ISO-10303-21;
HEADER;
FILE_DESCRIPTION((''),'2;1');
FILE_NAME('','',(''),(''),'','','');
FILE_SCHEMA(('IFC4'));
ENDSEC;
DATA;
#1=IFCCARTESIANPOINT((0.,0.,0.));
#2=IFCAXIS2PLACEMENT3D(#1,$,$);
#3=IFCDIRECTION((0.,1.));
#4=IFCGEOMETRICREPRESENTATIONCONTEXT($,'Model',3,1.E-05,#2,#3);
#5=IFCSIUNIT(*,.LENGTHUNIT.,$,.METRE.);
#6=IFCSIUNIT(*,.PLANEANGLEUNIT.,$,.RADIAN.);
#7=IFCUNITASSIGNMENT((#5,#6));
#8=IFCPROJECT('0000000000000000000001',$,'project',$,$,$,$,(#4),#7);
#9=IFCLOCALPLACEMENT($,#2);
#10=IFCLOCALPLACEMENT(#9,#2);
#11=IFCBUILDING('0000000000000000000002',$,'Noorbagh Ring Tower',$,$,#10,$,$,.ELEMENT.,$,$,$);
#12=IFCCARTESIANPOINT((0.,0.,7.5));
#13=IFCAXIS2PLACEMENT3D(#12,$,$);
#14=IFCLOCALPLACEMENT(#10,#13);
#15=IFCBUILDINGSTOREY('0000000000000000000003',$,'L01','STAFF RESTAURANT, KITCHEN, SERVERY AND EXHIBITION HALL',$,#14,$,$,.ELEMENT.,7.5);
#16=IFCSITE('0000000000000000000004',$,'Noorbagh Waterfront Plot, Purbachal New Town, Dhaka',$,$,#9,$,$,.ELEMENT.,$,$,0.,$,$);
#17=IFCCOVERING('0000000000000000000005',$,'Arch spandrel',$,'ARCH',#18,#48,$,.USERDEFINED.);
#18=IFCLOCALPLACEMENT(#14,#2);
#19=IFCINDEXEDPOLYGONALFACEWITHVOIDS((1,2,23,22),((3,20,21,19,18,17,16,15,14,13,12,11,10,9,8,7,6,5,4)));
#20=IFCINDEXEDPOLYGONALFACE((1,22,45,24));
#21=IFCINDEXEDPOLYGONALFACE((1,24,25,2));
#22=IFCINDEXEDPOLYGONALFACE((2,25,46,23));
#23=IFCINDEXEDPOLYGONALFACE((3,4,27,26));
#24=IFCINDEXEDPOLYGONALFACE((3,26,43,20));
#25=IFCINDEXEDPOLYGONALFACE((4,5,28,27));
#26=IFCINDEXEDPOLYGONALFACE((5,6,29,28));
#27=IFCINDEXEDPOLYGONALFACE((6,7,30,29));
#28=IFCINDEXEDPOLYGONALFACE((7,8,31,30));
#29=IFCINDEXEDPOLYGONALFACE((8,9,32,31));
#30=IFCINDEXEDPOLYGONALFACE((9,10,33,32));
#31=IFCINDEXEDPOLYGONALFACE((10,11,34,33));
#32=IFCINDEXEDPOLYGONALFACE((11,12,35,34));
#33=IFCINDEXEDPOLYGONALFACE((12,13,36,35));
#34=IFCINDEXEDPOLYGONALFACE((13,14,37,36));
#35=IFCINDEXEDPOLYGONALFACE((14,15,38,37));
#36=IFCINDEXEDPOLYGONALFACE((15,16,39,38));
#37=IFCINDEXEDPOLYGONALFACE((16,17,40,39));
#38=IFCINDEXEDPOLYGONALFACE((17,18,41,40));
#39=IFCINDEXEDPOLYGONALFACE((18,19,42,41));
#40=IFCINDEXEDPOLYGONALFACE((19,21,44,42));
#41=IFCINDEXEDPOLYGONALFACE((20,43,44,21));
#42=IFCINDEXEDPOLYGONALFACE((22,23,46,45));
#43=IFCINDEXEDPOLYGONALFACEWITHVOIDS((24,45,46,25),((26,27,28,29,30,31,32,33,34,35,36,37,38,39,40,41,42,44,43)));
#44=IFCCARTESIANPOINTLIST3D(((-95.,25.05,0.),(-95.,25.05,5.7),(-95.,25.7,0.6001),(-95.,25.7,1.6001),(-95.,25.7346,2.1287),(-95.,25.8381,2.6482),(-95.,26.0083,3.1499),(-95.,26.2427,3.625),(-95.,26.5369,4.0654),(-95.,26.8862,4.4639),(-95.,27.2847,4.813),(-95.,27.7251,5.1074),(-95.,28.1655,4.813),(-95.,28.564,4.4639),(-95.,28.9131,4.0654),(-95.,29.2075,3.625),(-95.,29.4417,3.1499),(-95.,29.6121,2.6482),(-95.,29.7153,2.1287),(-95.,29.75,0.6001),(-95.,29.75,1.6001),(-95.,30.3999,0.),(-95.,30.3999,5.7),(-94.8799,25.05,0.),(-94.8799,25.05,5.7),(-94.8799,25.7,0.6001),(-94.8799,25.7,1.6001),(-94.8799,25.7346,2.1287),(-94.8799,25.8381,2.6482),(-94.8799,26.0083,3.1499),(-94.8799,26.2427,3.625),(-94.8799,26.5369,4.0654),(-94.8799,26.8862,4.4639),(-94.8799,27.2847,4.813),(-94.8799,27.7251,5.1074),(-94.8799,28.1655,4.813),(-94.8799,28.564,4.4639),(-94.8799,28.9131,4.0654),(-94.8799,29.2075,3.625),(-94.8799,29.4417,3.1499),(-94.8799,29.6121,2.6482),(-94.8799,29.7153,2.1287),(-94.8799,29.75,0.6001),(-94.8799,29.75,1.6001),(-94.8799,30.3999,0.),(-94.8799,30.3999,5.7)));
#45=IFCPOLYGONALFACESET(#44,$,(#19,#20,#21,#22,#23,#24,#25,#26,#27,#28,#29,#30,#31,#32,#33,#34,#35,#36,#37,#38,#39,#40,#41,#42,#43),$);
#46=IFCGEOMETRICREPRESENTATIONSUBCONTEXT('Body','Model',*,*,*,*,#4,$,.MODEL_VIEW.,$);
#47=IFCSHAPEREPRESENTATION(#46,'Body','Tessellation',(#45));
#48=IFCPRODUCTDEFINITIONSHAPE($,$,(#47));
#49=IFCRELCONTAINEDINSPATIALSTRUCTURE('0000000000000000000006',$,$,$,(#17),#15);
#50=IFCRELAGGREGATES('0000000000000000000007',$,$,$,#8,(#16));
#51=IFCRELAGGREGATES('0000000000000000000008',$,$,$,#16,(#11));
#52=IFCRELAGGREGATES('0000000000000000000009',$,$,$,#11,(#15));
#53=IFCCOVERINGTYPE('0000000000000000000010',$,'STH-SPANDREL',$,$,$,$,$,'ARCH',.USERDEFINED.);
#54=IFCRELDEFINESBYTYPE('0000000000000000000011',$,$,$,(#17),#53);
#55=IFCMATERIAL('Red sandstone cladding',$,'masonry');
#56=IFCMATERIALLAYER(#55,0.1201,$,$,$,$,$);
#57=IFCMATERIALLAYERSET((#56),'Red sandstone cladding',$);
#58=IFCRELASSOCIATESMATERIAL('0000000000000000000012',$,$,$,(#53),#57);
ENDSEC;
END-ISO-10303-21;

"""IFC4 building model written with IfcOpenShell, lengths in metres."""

from ifc_helpers import new_model, si_unit, direction, frame, origin, place, context, subcontext, project, spatial, polyline, outline, extrude, material, layer, layer_set, type_object, element, save


model = new_model("IFC4")

# Units and contexts
model_context = context("Model", 3, precision=1e-05, world=origin(), true_north=direction((0.0, 1.0)))
body_context = subcontext(model_context, "Body", "Model", "MODEL_VIEW")
ifc_project = project(units=[si_unit("LENGTHUNIT", "METRE"), si_unit("PLANEANGLEUNIT", "RADIAN")], contexts=[model_context])

# Site, building, storey
site_placement = place(None, origin())
site = spatial("IfcSite", under=ifc_project, at=site_placement, Name="Noorbagh Waterfront Plot, Purbachal New Town, Dhaka", CompositionType="ELEMENT", RefElevation=0.0)
building_placement = place(site_placement, origin())
building = spatial("IfcBuilding", under=site, at=building_placement, Name="Noorbagh Ring Tower", CompositionType="ELEMENT")
storey_placement = place(building_placement, frame((0.0, 0.0, 7.5)))
storey = spatial("IfcBuildingStorey", under=building, at=storey_placement, Name="L01", Description="STAFF RESTAURANT, KITCHEN, SERVERY AND EXHIBITION HALL", CompositionType="ELEMENT", Elevation=7.5)

# Covering
ifc_material_1 = material(Name="Red sandstone cladding", Category="masonry")
ifc_layer_1 = layer(ifc_material_1, 0.1201)
ifc_layer_set_1 = layer_set([ifc_layer_1], Name="Red sandstone cladding")
covering_type = type_object("IfcCoveringType", Name="STH-SPANDREL", ElementType="ARCH", PredefinedType="USERDEFINED", material=ifc_layer_set_1)
covering_placement = place(storey_placement, frame((-94.8799, 25.05, 0.0), z_axis=(1.0, 0.0, 0.0), x_axis=(0.0, 1.0, 0.0)))
element("IfcCovering", 1, at=covering_placement, inside=storey, type_object=covering_type, Name="Arch spandrel", ObjectType="ARCH", PredefinedType="USERDEFINED", context=body_context, shape_type="SweptSolid", body=[
    extrude(outline(polyline([(0.0, 0.0), (5.3499, 0.0), (5.3499, 5.7), (0.0, 5.7), (0.0, 0.0)]), holes=[polyline([(0.6499, 0.6001), (0.6499, 1.6001), (0.6846, 2.1287), (0.7881, 2.6482), (0.9583, 3.1499), (1.1926, 3.625), (1.4868, 4.0654), (1.8362, 4.4639), (2.2346, 4.813), (2.675, 5.1074), (3.1155, 4.813), (3.5139, 4.4639), (3.863, 4.0654), (4.1575, 3.625), (4.3916, 3.1499), (4.562, 2.6482), (4.6653, 2.1287), (4.7, 1.6001), (4.7, 0.6001), (0.6499, 0.6001)])]), origin(), (0.0, 0.0, -1.0), 0.1201),
])

save(model, "model.ifc")
